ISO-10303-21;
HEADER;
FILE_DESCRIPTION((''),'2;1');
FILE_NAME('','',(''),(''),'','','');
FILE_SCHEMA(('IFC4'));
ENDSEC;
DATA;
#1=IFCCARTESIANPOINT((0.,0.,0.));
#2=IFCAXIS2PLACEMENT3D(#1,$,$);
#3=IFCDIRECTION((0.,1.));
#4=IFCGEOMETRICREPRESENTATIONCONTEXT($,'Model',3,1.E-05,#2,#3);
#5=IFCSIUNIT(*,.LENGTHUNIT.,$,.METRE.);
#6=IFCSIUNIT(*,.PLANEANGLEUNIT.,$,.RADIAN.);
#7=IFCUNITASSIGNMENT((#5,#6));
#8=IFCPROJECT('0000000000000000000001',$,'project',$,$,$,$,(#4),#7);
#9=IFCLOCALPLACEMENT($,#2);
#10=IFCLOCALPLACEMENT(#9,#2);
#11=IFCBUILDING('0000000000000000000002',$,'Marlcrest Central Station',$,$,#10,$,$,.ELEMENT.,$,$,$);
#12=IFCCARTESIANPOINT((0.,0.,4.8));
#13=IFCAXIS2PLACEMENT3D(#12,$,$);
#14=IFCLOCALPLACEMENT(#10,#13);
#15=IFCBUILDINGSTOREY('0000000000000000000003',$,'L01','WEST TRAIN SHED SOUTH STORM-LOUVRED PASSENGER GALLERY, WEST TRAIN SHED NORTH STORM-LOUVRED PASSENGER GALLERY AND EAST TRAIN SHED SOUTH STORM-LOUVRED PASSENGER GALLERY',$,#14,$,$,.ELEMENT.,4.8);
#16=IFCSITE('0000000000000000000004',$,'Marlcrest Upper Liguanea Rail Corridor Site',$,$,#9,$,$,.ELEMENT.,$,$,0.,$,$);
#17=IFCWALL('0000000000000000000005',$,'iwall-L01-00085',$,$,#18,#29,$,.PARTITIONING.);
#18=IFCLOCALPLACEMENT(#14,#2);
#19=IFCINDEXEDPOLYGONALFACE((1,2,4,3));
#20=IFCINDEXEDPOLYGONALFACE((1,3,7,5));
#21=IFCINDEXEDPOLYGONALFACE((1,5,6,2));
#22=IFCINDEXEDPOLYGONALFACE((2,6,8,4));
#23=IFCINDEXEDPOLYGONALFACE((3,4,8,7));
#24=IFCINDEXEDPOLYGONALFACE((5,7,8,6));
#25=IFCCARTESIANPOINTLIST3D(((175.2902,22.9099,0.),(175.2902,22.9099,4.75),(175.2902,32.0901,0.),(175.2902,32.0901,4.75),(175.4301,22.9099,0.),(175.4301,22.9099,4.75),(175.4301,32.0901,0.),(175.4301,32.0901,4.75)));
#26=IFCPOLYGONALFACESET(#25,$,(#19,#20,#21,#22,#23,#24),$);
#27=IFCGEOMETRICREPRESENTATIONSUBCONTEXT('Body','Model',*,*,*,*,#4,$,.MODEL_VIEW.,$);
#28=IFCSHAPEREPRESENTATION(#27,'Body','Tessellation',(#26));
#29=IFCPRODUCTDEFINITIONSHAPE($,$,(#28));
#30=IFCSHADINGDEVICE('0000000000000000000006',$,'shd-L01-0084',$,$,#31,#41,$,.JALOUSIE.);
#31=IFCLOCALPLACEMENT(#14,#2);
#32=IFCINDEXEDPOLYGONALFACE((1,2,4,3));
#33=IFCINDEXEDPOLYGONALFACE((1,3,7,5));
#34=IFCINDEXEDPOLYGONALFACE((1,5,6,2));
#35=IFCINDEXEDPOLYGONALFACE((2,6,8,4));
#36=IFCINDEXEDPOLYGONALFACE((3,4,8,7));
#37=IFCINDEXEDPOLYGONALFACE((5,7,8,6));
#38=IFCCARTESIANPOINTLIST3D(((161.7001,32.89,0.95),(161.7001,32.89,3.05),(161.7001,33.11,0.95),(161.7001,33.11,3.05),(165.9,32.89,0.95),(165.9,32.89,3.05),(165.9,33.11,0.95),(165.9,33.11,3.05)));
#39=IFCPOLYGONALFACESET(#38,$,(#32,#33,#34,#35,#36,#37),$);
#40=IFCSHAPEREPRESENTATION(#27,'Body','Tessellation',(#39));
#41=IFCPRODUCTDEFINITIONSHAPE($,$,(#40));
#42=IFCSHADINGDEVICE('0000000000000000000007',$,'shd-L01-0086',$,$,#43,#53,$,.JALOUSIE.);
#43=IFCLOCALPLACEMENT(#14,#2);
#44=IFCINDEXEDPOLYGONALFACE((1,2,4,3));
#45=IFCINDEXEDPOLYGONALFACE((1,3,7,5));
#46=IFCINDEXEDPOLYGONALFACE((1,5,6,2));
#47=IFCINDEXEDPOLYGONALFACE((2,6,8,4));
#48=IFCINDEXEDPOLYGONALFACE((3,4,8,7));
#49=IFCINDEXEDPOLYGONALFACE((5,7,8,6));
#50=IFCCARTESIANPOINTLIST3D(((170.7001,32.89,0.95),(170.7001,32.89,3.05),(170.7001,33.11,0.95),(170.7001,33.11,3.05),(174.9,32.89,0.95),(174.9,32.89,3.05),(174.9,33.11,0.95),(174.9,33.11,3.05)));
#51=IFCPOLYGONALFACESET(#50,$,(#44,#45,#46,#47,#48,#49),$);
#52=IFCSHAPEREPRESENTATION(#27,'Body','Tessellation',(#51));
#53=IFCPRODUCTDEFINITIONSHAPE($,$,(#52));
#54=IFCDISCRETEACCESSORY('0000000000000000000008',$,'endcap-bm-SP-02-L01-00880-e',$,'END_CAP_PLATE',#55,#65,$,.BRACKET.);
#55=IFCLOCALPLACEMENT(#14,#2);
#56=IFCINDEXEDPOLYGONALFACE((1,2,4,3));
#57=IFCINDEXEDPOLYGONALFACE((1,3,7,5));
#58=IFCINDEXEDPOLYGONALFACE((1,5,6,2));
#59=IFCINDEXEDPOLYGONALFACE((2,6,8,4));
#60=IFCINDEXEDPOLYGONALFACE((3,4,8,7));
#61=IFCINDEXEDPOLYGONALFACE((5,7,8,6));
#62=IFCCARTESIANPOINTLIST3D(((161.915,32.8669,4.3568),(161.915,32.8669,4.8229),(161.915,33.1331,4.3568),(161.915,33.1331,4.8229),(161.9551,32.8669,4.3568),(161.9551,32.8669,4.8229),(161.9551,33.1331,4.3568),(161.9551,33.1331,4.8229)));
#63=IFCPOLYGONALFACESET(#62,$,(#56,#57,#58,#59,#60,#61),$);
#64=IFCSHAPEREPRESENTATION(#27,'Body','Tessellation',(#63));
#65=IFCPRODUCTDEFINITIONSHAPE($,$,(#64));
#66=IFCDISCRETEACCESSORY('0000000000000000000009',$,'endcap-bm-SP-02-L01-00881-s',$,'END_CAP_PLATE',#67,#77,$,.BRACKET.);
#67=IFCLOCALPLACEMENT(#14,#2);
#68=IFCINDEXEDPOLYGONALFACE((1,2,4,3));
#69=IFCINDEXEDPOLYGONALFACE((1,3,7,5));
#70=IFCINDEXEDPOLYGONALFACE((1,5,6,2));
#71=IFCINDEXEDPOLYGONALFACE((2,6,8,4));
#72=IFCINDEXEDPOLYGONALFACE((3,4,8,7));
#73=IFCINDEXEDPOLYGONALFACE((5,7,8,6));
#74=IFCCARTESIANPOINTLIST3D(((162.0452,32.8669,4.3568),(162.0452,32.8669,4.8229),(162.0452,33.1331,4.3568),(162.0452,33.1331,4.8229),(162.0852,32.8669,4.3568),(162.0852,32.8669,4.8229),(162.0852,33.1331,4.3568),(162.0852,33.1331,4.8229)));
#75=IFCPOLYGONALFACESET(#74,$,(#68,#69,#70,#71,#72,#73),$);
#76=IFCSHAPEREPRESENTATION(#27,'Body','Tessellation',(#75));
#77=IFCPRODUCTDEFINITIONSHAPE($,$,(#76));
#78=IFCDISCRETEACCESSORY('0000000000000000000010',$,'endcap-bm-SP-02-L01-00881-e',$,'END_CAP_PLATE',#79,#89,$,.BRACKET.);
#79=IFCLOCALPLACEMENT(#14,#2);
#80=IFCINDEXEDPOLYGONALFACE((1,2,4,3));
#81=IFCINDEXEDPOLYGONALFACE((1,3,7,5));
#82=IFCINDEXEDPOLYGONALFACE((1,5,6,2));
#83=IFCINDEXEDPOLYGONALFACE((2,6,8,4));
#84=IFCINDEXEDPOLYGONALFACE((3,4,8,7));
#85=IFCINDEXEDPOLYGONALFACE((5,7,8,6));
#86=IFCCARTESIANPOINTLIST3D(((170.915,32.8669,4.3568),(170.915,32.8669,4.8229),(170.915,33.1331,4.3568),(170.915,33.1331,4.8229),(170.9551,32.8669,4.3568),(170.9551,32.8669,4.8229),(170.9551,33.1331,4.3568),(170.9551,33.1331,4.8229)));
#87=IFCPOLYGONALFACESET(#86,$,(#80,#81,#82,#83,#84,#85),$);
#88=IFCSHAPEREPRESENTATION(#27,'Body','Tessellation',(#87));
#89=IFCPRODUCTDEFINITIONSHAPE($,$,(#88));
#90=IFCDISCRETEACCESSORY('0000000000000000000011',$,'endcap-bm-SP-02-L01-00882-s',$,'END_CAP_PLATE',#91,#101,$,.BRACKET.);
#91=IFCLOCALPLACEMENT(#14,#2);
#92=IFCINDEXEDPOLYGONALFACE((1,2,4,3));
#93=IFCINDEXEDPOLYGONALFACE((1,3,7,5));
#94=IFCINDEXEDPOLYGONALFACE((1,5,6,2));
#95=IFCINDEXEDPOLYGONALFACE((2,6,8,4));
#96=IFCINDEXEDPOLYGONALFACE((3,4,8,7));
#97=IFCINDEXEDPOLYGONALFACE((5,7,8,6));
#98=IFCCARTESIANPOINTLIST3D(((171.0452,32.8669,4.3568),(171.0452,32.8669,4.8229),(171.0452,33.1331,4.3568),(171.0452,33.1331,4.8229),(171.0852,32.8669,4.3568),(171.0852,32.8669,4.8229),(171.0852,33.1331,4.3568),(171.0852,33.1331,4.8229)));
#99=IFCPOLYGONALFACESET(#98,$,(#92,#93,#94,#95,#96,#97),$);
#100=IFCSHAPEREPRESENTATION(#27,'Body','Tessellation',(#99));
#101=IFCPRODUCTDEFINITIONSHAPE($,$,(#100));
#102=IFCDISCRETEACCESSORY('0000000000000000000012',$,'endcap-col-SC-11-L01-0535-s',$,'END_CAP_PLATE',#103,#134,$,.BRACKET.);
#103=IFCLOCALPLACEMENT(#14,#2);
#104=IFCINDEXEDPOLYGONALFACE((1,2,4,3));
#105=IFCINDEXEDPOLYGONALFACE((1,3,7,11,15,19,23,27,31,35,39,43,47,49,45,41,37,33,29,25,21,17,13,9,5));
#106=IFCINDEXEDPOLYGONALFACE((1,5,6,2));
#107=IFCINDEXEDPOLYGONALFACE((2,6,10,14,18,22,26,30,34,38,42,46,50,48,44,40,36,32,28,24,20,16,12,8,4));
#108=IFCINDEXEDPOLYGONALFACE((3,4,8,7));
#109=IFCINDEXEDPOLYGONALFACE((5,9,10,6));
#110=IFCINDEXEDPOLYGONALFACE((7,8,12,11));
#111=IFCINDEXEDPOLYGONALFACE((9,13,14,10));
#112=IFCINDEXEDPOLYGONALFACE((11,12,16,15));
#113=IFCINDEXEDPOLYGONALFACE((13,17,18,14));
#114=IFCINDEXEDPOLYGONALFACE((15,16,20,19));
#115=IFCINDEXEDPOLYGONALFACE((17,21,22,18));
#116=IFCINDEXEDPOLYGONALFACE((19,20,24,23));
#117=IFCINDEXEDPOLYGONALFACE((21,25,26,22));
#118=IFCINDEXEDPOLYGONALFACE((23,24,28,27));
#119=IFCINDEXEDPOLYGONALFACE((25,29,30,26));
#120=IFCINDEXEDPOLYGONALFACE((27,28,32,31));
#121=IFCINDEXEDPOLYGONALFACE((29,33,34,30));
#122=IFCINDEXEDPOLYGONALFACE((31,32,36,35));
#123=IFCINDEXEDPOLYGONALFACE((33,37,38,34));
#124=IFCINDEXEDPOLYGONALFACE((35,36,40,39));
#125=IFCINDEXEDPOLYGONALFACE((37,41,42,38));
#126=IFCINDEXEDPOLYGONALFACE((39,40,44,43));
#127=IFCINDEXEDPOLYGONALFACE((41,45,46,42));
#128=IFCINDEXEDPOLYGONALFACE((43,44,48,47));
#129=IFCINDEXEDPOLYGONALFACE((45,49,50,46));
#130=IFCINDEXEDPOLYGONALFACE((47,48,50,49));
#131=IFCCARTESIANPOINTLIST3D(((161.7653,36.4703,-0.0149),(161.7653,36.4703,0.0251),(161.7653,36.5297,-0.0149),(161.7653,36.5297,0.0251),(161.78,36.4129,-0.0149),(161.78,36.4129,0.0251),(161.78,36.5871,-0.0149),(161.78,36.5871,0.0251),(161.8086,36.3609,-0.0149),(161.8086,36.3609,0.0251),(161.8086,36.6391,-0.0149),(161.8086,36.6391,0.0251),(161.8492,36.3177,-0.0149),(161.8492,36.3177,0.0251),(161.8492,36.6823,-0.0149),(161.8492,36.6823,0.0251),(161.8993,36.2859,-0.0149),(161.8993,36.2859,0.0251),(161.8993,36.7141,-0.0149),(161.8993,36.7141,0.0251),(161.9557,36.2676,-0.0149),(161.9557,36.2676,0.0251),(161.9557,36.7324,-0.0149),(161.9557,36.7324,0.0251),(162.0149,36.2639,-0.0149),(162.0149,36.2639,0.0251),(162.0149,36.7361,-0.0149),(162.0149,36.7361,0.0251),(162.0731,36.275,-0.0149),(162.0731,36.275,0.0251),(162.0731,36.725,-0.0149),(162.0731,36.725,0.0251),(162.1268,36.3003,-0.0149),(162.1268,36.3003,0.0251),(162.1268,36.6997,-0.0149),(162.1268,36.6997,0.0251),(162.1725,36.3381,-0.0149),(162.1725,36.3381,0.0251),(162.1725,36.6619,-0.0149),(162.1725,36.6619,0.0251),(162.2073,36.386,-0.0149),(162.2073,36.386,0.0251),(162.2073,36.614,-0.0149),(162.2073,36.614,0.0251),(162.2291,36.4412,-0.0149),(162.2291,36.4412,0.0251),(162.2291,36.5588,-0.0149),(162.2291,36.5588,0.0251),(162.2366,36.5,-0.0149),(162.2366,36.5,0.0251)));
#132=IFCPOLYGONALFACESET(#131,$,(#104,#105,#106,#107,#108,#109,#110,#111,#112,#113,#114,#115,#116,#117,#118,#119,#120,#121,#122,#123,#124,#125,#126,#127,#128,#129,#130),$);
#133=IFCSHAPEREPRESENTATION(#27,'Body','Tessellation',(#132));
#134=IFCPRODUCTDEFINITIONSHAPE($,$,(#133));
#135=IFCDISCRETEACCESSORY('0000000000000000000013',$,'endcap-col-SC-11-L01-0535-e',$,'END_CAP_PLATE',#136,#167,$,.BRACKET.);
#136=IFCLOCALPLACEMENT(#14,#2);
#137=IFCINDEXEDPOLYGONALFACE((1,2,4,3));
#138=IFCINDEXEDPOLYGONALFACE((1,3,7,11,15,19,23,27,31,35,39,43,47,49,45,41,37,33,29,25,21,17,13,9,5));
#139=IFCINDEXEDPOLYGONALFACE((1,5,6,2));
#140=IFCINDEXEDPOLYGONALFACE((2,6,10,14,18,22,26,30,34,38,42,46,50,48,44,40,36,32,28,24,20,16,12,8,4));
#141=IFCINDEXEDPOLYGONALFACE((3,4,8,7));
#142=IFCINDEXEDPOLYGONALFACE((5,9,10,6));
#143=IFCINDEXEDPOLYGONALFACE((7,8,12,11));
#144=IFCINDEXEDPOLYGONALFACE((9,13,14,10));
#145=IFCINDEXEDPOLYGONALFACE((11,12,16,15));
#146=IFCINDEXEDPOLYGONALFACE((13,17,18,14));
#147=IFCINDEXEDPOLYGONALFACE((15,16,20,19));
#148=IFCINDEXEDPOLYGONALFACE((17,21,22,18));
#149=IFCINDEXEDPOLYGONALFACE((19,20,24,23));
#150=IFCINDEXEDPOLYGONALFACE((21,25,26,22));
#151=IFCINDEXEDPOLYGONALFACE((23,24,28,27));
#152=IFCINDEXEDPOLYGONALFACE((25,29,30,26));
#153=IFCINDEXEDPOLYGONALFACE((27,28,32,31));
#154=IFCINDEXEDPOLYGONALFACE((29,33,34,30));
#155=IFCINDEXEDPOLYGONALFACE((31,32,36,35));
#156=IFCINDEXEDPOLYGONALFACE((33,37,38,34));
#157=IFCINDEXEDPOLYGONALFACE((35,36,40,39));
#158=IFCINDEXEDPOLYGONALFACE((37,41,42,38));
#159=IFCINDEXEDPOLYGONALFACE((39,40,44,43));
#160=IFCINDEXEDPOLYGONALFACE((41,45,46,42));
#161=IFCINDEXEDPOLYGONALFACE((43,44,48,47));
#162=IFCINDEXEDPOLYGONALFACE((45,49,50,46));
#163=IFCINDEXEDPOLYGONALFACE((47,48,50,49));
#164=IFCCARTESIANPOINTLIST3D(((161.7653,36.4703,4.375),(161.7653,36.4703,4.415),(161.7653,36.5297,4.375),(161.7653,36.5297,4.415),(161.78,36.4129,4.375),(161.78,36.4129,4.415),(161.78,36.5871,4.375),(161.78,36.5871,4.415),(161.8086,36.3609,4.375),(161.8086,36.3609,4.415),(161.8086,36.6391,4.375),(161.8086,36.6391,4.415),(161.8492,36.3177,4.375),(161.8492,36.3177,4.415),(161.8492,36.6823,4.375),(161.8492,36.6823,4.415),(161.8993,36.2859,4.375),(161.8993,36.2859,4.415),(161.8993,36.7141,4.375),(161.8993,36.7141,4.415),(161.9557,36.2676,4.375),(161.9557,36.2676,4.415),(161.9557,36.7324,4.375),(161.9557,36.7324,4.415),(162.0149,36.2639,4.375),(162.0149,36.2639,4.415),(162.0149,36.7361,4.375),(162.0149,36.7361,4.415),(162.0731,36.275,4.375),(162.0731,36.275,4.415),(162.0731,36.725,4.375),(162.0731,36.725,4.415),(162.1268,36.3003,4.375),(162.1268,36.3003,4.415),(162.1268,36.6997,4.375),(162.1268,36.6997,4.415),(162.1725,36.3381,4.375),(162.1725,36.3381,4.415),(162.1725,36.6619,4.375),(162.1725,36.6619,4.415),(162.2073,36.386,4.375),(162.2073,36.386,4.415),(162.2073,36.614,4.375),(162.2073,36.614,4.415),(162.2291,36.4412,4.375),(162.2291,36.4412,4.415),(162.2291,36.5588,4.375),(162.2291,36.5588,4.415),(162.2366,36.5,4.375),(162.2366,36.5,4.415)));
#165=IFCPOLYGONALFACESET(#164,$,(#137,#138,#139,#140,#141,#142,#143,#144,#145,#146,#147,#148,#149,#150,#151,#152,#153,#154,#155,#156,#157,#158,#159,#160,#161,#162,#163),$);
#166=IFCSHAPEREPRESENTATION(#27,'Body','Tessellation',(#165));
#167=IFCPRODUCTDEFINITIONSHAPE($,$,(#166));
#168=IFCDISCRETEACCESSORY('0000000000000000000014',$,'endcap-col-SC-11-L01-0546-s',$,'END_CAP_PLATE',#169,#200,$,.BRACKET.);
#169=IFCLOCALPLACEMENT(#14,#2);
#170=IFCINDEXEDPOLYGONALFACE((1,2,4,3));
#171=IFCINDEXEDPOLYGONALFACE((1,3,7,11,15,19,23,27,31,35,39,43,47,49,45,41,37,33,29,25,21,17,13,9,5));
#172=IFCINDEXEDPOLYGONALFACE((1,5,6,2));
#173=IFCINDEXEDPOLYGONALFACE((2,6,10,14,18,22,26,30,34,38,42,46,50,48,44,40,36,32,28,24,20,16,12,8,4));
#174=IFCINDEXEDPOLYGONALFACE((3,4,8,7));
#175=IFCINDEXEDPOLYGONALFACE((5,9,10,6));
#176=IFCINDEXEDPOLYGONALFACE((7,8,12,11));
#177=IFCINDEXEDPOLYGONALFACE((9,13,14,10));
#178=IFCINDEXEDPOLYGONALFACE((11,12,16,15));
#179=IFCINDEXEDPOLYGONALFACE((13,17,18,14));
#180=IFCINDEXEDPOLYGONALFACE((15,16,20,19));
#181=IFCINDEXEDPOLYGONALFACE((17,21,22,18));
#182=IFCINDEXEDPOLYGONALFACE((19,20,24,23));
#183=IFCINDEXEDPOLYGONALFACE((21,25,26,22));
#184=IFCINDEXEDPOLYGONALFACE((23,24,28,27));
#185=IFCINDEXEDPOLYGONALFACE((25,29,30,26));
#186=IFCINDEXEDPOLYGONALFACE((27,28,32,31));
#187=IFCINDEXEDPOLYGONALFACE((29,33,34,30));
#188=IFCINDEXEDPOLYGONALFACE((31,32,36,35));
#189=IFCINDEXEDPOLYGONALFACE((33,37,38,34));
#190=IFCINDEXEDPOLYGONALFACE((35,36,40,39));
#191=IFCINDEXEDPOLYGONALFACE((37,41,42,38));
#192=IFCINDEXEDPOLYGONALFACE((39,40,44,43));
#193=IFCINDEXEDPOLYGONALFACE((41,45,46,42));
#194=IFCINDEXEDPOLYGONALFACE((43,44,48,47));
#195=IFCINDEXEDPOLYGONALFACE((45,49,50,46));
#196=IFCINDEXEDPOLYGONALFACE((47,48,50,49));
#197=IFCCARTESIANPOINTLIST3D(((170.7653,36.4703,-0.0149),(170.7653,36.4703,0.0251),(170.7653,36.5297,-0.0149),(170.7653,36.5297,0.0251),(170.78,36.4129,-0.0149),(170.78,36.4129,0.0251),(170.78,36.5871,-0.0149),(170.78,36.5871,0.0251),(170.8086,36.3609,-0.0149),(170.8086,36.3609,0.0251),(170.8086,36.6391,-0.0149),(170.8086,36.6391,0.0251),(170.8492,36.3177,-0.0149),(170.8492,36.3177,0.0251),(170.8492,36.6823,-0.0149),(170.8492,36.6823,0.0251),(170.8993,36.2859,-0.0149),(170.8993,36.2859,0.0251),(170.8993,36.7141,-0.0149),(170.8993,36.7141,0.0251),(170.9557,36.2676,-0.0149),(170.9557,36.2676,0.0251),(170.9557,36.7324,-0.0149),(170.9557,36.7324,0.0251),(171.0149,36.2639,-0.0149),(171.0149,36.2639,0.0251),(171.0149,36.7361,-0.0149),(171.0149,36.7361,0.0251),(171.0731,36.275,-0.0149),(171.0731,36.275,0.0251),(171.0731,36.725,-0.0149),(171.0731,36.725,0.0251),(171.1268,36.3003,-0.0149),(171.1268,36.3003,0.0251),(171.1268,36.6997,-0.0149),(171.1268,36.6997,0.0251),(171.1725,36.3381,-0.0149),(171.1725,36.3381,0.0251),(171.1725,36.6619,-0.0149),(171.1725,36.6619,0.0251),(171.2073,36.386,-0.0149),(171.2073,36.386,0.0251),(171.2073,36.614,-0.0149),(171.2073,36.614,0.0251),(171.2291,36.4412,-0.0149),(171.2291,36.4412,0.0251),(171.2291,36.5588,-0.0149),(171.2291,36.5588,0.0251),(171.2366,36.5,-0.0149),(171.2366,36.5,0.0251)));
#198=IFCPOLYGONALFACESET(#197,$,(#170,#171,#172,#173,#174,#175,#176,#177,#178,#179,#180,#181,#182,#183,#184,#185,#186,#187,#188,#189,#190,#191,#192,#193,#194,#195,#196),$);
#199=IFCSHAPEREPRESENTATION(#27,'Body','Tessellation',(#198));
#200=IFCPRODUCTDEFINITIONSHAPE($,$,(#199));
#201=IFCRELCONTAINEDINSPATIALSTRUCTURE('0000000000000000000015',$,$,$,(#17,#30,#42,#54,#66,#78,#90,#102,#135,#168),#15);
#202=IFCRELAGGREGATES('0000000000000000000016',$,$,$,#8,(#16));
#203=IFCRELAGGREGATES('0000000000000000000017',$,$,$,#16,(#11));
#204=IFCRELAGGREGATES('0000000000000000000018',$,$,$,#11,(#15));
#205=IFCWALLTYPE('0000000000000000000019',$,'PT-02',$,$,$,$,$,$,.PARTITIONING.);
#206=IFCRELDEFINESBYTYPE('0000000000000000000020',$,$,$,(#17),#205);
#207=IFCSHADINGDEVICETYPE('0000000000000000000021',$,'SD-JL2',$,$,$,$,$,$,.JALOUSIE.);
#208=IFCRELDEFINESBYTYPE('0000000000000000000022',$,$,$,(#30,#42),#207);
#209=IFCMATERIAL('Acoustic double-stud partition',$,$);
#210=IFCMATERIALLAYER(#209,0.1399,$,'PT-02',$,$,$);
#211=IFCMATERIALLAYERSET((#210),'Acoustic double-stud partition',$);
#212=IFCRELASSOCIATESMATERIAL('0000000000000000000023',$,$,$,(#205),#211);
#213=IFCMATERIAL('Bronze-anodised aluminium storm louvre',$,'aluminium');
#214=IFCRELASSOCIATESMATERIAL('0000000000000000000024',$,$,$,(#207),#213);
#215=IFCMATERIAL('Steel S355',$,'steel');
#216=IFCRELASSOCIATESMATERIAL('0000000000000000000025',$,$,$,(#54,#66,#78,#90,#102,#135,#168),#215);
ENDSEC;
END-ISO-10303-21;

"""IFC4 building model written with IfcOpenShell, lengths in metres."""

from ifc_helpers import new_model, si_unit, direction, frame, frame_2d, origin, origin_2d, place, context, subcontext, project, spatial, rectangle, circle, extrude, material, layer, layer_set, type_object, element, save


model = new_model("IFC4")

# Units and contexts
model_context = context("Model", 3, precision=1e-05, world=origin(), true_north=direction((0.0, 1.0)))
body_context = subcontext(model_context, "Body", "Model", "MODEL_VIEW")
ifc_project = project(units=[si_unit("LENGTHUNIT", "METRE"), si_unit("PLANEANGLEUNIT", "RADIAN")], contexts=[model_context])

# Site, building, storey
site_placement = place(None, origin())
site = spatial("IfcSite", under=ifc_project, at=site_placement, Name="Marlcrest Upper Liguanea Rail Corridor Site", CompositionType="ELEMENT", RefElevation=0.0)
building_placement = place(site_placement, origin())
building = spatial("IfcBuilding", under=site, at=building_placement, Name="Marlcrest Central Station", CompositionType="ELEMENT")
storey_placement = place(building_placement, frame((0.0, 0.0, 4.8)))
storey = spatial("IfcBuildingStorey", under=building, at=storey_placement, Name="L01", Description="WEST TRAIN SHED SOUTH STORM-LOUVRED PASSENGER GALLERY, WEST TRAIN SHED NORTH STORM-LOUVRED PASSENGER GALLERY AND EAST TRAIN SHED SOUTH STORM-LOUVRED PASSENGER GALLERY", CompositionType="ELEMENT", Elevation=4.8)

# Shared definitions
ifc_material_1 = material(Name="Steel S355", Category="steel")

# Shared definitions
ifc_material_2 = material(Name="Acoustic double-stud partition")
ifc_layer_1 = layer(ifc_material_2, 0.1399, Name="PT-02")
ifc_layer_set_1 = layer_set([ifc_layer_1], Name="Acoustic double-stud partition")
wall_type_1 = type_object("IfcWallType", Name="PT-02", PredefinedType="PARTITIONING", material=ifc_layer_set_1)

# Wall
wall_1_placement = place(storey_placement, frame((175.3601, 22.9099, 0.0), z_axis=(0.0, 0.0, 1.0), x_axis=(0.0, 1.0, 0.0)))
element("IfcWall", 1, at=wall_1_placement, inside=storey, type_object=wall_type_1, Name="iwall-L01-00085", PredefinedType="PARTITIONING", context=body_context, shape_type="SweptSolid", body=[
    extrude(rectangle(XDim=9.1802, YDim=0.1399, at=frame_2d((4.5901, 0.0))), origin(), (0.0, 0.0, 1.0), 4.75),
])

# Shading devices
ifc_material_3 = material(Name="Bronze-anodised aluminium storm louvre", Category="aluminium")
shading_device_type = type_object("IfcShadingDeviceType", Name="SD-JL2", PredefinedType="JALOUSIE", material=ifc_material_3)
for number, where, z_axis, x_axis, name in (
    (2, (163.8, 33.0, 0.95), (0.0, 0.0, 1.0), (1.0, 0.0, 0.0), "shd-L01-0084"),
    (3, (172.8, 33.0, 0.95), (0.0, 0.0, 1.0), (1.0, 0.0, 0.0), "shd-L01-0086"),
):
    element("IfcShadingDevice", number, at=place(storey_placement, frame(where, z_axis=z_axis, x_axis=x_axis)), inside=storey, type_object=shading_device_type, Name=name, PredefinedType="JALOUSIE", context=body_context, shape_type="SweptSolid", body=[
        extrude(rectangle(XDim=4.2, YDim=0.22, at=origin_2d()), origin(), (0.0, 0.0, 1.0), 2.1001),
    ])

# Discrete accessories
for number, where, z_axis, x_axis, name in (
    (4, (161.915, 33.0, 4.5898), (1.0, 0.0, 0.0), (0.0, 1.0, 0.0), "endcap-bm-SP-02-L01-00880-e"),
    (5, (162.0452, 33.0, 4.5898), (1.0, 0.0, 0.0), (0.0, 1.0, 0.0), "endcap-bm-SP-02-L01-00881-s"),
    (6, (170.915, 33.0, 4.5898), (1.0, 0.0, 0.0), (0.0, 1.0, 0.0), "endcap-bm-SP-02-L01-00881-e"),
    (7, (171.0452, 33.0, 4.5898), (1.0, 0.0, 0.0), (0.0, 1.0, 0.0), "endcap-bm-SP-02-L01-00882-s"),
):
    element("IfcDiscreteAccessory", number, at=place(storey_placement, frame(where, z_axis=z_axis, x_axis=x_axis)), inside=storey, material=ifc_material_1, Name=name, ObjectType="END_CAP_PLATE", PredefinedType="BRACKET", context=body_context, shape_type="SweptSolid", body=[
        extrude(rectangle(XDim=0.2661, YDim=0.4661, at=origin_2d()), origin(), (0.0, 0.0, 1.0), 0.04),
    ])
for number, where, z_axis, x_axis, name in (
    (8, (162.0, 36.5, -0.0149), (0.0, 0.0, 1.0), (1.0, 0.0, 0.0), "endcap-col-SC-11-L01-0535-s"),
    (9, (162.0, 36.5, 4.375), (0.0, 0.0, 1.0), (1.0, 0.0, 0.0), "endcap-col-SC-11-L01-0535-e"),
    (10, (171.0, 36.5, -0.0149), (0.0, 0.0, 1.0), (1.0, 0.0, 0.0), "endcap-col-SC-11-L01-0546-s"),
):
    element("IfcDiscreteAccessory", number, at=place(storey_placement, frame(where, z_axis=z_axis, x_axis=x_axis)), inside=storey, material=ifc_material_1, Name=name, ObjectType="END_CAP_PLATE", PredefinedType="BRACKET", context=body_context, shape_type="SweptSolid", body=[
        extrude(circle(Radius=0.2366, at=origin_2d()), origin(), (0.0, 0.0, 1.0), 0.04),
    ])

save(model, "model.ifc")
